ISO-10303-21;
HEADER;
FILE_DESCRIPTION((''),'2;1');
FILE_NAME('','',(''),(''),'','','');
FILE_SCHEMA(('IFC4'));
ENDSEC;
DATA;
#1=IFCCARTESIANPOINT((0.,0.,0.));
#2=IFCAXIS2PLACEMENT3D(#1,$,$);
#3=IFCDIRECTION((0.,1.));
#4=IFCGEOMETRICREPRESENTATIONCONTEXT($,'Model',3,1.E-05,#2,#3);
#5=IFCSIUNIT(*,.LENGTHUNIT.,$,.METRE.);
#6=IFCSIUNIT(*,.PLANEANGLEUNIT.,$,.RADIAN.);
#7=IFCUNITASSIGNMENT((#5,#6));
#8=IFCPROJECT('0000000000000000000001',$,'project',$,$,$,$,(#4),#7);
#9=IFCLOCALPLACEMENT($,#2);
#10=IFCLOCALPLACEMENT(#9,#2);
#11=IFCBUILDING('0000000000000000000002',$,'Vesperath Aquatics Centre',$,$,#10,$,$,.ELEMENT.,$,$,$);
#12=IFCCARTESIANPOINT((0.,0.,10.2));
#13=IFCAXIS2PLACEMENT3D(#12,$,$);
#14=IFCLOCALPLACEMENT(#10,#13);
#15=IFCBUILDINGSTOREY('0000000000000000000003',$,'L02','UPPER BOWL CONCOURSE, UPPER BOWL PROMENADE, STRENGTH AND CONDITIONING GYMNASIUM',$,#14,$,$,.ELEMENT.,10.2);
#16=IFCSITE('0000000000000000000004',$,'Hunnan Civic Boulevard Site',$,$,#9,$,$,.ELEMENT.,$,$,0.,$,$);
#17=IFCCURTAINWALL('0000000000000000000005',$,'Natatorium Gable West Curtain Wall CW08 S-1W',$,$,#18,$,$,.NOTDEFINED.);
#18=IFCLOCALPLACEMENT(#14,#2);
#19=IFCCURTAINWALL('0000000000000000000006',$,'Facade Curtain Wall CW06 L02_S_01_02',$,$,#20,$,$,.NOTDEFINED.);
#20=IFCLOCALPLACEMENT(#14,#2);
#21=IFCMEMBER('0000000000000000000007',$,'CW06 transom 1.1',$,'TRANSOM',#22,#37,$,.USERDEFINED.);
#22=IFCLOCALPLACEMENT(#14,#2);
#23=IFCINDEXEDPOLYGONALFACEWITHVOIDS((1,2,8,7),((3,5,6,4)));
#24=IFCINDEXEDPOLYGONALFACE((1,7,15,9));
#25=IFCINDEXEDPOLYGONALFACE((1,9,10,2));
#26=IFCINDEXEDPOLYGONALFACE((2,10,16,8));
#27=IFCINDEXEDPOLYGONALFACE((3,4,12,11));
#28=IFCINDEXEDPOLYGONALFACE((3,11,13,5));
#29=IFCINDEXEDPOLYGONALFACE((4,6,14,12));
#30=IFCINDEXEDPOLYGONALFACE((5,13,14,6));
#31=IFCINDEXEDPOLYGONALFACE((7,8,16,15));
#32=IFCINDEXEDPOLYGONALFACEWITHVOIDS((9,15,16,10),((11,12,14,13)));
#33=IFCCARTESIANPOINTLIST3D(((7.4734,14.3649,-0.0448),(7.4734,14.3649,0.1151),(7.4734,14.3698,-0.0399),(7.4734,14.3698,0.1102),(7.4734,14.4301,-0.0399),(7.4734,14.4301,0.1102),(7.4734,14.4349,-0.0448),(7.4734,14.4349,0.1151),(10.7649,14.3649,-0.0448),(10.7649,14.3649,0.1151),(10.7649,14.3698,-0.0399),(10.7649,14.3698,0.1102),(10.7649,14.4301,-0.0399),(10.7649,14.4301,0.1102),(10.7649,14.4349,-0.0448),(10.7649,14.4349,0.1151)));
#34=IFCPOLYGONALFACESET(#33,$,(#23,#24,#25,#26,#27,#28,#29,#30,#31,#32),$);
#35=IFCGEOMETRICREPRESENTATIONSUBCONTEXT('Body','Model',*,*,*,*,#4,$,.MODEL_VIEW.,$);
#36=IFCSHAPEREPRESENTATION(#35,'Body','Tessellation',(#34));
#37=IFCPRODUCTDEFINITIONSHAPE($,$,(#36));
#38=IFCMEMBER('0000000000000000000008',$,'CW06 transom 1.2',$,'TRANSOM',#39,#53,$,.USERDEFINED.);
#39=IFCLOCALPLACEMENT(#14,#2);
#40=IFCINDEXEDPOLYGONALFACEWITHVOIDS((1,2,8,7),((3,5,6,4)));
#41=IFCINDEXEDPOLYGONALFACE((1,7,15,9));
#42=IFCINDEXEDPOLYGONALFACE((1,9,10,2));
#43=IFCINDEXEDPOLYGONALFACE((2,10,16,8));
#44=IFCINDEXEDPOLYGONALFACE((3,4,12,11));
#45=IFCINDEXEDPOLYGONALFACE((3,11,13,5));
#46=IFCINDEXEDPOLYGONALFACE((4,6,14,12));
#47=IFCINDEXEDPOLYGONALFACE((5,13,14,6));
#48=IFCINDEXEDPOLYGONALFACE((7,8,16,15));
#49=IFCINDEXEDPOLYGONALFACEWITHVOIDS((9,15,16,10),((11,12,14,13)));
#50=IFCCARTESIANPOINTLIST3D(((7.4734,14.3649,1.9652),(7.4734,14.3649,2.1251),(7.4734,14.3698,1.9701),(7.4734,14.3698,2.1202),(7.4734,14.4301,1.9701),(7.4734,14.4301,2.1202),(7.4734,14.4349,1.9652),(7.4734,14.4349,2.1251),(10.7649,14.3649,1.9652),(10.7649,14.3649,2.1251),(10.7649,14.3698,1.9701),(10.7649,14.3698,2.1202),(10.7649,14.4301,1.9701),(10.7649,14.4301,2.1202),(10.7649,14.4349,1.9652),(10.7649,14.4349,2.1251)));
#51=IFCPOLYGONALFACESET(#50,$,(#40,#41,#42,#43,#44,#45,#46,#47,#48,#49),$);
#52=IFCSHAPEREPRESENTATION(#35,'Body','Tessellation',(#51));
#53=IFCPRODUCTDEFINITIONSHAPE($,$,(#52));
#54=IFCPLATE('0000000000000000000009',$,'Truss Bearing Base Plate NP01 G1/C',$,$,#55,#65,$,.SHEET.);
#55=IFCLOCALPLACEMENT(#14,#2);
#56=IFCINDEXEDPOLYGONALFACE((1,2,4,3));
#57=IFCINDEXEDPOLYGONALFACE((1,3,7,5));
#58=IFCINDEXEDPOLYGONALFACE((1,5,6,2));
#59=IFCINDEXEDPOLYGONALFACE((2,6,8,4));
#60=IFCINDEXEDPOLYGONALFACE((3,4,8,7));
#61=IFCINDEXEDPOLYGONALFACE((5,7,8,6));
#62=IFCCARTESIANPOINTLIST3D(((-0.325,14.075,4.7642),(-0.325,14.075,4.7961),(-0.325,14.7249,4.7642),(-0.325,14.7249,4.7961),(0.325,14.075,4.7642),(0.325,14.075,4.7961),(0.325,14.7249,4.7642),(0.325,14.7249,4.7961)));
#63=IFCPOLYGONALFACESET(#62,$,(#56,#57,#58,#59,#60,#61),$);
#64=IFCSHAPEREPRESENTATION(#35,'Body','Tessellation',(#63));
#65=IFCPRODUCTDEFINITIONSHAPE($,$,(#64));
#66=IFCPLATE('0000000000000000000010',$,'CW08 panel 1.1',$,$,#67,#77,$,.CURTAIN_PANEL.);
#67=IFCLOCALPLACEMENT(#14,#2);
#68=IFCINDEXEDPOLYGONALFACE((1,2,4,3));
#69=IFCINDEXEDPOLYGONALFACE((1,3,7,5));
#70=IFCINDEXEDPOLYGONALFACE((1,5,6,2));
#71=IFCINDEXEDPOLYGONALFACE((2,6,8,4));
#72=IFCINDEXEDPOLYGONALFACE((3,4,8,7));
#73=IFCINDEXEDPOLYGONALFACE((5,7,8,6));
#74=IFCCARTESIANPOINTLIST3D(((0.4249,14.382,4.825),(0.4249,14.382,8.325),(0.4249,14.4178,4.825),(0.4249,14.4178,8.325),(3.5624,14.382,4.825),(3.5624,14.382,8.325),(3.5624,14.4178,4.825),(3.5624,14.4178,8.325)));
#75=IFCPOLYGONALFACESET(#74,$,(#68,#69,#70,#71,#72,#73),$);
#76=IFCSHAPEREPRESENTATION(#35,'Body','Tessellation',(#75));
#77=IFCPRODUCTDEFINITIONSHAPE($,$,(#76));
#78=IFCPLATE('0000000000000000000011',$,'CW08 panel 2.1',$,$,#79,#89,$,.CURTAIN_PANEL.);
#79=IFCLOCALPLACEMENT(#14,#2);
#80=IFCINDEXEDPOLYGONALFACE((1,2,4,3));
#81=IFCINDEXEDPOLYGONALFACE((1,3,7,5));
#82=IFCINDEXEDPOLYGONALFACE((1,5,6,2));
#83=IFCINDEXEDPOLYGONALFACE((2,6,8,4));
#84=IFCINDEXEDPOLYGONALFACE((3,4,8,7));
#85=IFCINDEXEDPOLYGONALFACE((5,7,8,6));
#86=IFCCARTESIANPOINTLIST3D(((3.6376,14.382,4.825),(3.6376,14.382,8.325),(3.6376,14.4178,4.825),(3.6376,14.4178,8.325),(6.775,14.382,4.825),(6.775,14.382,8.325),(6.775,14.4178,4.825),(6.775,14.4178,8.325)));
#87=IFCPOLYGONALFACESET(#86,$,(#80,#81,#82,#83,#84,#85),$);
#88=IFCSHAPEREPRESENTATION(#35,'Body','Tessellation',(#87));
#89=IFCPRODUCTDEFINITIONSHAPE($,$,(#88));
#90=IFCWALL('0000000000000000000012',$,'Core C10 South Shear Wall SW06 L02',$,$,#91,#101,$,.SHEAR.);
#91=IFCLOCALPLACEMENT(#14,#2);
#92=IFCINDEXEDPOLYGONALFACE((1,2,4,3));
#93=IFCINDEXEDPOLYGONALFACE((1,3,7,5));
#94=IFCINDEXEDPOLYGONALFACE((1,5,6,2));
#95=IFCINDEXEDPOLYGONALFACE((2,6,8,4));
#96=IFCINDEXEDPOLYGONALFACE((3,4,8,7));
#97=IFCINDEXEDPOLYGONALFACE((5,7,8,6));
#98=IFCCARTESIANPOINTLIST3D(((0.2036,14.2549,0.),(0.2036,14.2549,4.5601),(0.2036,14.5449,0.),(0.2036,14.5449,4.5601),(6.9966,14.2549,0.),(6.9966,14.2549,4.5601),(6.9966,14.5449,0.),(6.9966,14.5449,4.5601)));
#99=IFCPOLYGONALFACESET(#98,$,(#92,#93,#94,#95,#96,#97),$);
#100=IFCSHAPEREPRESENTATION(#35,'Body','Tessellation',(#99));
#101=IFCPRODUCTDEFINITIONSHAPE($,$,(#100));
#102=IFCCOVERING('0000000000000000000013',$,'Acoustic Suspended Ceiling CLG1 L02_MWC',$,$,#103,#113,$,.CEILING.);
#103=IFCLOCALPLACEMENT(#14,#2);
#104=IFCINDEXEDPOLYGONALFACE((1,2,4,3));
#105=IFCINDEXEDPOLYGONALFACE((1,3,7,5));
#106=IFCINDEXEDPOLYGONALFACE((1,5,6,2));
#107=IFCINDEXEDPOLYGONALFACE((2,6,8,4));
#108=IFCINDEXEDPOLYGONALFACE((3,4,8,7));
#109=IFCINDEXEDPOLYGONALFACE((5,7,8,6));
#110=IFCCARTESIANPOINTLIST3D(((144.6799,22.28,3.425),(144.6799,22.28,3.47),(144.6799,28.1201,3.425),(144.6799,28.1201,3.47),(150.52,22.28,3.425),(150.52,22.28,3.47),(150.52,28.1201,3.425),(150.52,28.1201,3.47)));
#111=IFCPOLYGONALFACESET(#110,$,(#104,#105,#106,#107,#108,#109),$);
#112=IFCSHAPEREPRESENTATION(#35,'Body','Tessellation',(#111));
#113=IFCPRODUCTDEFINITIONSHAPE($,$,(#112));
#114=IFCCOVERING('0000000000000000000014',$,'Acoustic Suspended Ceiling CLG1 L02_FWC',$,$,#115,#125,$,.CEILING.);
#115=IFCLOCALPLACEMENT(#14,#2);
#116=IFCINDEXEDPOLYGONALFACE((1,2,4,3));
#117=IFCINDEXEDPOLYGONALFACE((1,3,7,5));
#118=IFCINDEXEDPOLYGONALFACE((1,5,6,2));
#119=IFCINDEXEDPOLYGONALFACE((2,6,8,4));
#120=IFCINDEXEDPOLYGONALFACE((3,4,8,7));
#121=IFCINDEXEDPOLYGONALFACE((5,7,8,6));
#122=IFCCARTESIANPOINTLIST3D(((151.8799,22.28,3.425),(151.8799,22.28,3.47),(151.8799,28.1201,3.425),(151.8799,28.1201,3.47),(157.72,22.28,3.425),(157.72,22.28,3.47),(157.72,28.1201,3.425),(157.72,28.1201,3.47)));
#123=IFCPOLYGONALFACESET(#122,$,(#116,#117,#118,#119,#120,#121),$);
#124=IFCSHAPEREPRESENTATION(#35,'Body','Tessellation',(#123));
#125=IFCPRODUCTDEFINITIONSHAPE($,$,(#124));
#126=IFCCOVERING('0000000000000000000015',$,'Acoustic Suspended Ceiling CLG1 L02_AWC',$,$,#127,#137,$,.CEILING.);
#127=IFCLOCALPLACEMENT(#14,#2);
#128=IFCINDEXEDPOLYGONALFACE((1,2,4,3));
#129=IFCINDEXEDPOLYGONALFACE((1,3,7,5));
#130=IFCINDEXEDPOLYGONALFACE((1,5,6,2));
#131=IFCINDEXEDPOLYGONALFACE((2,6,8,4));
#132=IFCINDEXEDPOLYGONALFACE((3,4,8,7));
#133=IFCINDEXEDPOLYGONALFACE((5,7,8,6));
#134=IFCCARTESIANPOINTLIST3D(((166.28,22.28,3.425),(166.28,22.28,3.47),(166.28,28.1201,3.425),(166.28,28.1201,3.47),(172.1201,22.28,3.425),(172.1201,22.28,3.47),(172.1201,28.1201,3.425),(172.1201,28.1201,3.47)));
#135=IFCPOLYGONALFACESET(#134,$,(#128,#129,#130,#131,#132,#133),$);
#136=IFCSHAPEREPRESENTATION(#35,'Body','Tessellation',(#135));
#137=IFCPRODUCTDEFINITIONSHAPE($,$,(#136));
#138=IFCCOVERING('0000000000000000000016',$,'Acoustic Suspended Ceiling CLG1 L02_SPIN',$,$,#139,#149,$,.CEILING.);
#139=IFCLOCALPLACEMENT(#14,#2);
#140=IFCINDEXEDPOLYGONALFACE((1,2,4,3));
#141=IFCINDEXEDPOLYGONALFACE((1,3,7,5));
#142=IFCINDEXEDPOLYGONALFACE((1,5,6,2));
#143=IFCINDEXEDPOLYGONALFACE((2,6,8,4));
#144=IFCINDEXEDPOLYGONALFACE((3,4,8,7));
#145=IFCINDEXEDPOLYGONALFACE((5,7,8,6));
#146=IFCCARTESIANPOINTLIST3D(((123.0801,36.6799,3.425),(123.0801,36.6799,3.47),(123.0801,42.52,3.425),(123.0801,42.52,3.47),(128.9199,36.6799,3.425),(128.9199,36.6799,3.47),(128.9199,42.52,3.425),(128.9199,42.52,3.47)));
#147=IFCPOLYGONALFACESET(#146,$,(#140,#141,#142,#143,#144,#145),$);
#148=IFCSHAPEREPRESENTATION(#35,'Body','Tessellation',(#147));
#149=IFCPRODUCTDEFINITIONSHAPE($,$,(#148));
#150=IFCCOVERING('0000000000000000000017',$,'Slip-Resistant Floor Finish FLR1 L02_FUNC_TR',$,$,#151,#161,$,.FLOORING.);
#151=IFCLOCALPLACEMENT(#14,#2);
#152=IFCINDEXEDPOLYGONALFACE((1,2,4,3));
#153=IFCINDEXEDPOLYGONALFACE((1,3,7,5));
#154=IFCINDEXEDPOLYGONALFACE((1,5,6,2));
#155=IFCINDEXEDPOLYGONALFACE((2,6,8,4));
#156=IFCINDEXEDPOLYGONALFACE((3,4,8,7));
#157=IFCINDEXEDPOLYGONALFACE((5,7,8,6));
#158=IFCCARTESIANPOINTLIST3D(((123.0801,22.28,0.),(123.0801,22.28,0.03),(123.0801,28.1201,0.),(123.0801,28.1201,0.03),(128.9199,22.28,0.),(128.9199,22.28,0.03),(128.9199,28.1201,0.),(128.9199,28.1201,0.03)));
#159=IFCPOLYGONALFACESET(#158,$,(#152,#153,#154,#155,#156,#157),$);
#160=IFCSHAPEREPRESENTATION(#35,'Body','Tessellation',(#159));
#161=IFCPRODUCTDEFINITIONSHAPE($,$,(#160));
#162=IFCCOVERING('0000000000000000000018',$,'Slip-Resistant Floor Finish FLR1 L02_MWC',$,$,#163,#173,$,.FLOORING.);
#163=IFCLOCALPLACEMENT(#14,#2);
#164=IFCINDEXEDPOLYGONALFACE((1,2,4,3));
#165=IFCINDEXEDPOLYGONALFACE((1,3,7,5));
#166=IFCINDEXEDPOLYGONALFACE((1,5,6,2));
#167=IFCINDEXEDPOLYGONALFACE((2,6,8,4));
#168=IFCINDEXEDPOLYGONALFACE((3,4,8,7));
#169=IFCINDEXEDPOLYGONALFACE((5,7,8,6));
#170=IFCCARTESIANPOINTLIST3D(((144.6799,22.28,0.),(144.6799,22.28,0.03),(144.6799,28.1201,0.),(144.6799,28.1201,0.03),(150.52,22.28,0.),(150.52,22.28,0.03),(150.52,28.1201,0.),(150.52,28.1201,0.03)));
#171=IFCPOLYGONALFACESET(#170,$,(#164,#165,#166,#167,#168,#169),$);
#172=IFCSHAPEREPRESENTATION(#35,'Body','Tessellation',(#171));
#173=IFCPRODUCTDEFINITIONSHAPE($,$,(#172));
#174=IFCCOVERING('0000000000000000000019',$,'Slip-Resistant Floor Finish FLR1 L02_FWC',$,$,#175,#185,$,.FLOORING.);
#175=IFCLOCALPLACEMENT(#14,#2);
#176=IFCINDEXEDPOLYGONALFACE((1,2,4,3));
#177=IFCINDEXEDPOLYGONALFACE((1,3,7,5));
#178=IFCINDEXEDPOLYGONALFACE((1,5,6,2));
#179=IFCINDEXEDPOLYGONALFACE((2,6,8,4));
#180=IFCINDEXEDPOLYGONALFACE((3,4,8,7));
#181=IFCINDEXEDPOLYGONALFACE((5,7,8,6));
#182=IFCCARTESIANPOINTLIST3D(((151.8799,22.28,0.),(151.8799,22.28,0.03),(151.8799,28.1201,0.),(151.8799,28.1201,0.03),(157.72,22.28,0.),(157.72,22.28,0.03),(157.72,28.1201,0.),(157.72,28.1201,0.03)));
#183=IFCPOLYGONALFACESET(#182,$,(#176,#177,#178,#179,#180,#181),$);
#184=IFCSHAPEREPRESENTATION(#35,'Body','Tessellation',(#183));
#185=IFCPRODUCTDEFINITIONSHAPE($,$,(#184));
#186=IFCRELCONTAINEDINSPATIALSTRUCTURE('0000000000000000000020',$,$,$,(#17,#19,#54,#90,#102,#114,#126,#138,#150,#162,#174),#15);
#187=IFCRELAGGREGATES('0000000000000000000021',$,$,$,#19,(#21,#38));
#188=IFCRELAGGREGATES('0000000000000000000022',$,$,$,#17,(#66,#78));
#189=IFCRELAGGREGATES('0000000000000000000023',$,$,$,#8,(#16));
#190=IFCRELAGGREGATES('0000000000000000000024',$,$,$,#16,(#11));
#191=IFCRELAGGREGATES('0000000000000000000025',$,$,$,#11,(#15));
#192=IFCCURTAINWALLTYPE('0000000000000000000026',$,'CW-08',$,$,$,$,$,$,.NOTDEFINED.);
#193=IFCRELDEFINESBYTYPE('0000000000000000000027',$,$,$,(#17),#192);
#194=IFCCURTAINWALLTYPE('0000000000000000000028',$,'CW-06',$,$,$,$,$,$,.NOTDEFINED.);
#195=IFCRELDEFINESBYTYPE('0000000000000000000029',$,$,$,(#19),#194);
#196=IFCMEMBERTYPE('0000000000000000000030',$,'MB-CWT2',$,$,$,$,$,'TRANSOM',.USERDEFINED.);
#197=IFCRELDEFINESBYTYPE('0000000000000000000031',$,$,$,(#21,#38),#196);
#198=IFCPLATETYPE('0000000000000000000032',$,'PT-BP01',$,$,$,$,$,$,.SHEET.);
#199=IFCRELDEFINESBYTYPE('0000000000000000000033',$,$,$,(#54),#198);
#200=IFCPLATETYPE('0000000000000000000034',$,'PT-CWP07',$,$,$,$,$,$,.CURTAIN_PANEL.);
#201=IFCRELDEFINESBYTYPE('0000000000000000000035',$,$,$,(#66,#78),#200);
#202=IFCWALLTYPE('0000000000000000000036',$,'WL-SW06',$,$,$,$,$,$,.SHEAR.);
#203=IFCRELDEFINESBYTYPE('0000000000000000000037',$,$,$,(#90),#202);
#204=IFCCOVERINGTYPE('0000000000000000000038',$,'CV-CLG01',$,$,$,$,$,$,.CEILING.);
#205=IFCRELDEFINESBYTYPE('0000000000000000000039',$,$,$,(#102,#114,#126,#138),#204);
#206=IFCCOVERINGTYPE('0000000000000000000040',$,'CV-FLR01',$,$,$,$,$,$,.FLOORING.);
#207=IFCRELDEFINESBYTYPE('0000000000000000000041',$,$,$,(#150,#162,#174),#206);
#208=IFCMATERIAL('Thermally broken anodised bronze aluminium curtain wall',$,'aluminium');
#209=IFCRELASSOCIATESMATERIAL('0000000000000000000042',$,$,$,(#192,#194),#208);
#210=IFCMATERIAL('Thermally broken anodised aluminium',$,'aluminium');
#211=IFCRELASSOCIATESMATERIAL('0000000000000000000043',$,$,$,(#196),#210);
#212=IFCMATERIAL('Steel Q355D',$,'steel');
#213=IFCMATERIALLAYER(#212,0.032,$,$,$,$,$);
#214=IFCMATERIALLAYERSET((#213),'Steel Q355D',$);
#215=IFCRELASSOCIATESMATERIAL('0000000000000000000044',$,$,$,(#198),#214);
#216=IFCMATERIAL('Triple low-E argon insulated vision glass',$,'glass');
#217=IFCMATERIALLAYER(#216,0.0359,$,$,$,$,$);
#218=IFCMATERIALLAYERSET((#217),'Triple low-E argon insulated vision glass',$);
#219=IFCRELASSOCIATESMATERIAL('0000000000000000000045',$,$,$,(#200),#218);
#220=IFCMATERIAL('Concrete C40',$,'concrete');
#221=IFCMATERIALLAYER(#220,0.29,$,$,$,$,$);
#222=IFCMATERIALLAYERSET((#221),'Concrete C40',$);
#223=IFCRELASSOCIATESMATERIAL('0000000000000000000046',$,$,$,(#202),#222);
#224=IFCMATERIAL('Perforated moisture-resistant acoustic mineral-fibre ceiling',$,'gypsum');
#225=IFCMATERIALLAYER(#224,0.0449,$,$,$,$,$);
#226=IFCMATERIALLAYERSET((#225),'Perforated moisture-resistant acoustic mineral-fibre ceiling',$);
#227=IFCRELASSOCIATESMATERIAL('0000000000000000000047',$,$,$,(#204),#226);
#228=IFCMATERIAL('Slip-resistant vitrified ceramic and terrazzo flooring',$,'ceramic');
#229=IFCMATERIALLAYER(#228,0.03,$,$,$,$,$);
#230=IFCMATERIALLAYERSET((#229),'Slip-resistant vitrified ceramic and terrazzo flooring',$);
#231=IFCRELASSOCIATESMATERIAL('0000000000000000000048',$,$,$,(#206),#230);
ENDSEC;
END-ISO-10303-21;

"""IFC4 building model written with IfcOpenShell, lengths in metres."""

from ifc_helpers import new_model, si_unit, direction, frame, frame_2d, origin, origin_2d, place, context, subcontext, project, spatial, polyline, rectangle, hollow_rectangle, outline, extrude, material, layer, layer_set, material_profile, profile_set, type_object, element, aggregate, save


model = new_model("IFC4")

# Units and contexts
model_context = context("Model", 3, precision=1e-05, world=origin(), true_north=direction((0.0, 1.0)))
body_context = subcontext(model_context, "Body", "Model", "MODEL_VIEW")
ifc_project = project(units=[si_unit("LENGTHUNIT", "METRE"), si_unit("PLANEANGLEUNIT", "RADIAN")], contexts=[model_context])

# Site, building, storey
site_placement = place(None, origin())
site = spatial("IfcSite", under=ifc_project, at=site_placement, Name="Hunnan Civic Boulevard Site", CompositionType="ELEMENT", RefElevation=0.0)
building_placement = place(site_placement, origin())
building = spatial("IfcBuilding", under=site, at=building_placement, Name="Vesperath Aquatics Centre", CompositionType="ELEMENT")
storey_placement = place(building_placement, frame((0.0, 0.0, 10.2)))
storey = spatial("IfcBuildingStorey", under=building, at=storey_placement, Name="L02", Description="UPPER BOWL CONCOURSE, UPPER BOWL PROMENADE, STRENGTH AND CONDITIONING GYMNASIUM", CompositionType="ELEMENT", Elevation=10.2)

# Shared definitions
ifc_material_1 = material(Name="Steel Q355D", Category="steel")

# Curtain wall
ifc_material_2 = material(Name="Thermally broken anodised bronze aluminium curtain wall", Category="aluminium")
curtain_wall_type_1 = type_object("IfcCurtainWallType", Name="CW-08", PredefinedType="NOTDEFINED", material=ifc_material_2)
curtain_wall_1_placement = place(storey_placement, origin())
curtain_wall_1 = element("IfcCurtainWall", 1, at=curtain_wall_1_placement, inside=storey, type_object=curtain_wall_type_1, Name="Natatorium Gable West Curtain Wall CW08 S-1W", PredefinedType="NOTDEFINED")
ifc_material_3 = material(Name="Thermally broken anodised aluminium", Category="aluminium")

# Curtain wall
curtain_wall_type_2 = type_object("IfcCurtainWallType", Name="CW-06", PredefinedType="NOTDEFINED", material=ifc_material_2)
curtain_wall_2_placement = place(storey_placement, origin())
curtain_wall_2 = element("IfcCurtainWall", 2, at=curtain_wall_2_placement, inside=storey, type_object=curtain_wall_type_2, Name="Facade Curtain Wall CW06 L02_S_01_02", PredefinedType="NOTDEFINED")

# Members
ifc_material_profile_1 = material_profile(ifc_material_3, hollow_rectangle(XDim=0.0701, YDim=0.1599, WallThickness=0.0049, at=origin_2d()), Name="CWT 70x160x5")
ifc_profile_set_1 = profile_set([ifc_material_profile_1], Name="Thermally broken anodised aluminium")
member_type_1 = type_object("IfcMemberType", Name="MB-CWT2", ElementType="TRANSOM", PredefinedType="USERDEFINED", material=ifc_profile_set_1)
member_1_placement = place(storey_placement, frame((7.4734, 14.3999, 0.0352), z_axis=(1.0, 0.0, 0.0), x_axis=(0.0, 1.0, 0.0)))
member_1 = element("IfcMember", 3, at=member_1_placement, type_object=member_type_1, Name="CW06 transom 1.1", ObjectType="TRANSOM", PredefinedType="USERDEFINED", context=body_context, shape_type="SweptSolid", body=[
    extrude(hollow_rectangle(XDim=0.0701, YDim=0.1599, WallThickness=0.0049, at=origin_2d()), origin(), (0.0, 0.0, 1.0), 3.2915),
])
member_2_placement = place(storey_placement, frame((7.4734, 14.3999, 2.0452), z_axis=(1.0, 0.0, 0.0), x_axis=(0.0, 1.0, 0.0)))
member_2 = element("IfcMember", 4, at=member_2_placement, type_object=member_type_1, Name="CW06 transom 1.2", ObjectType="TRANSOM", PredefinedType="USERDEFINED", context=body_context, shape_type="SweptSolid", body=[
    extrude(hollow_rectangle(XDim=0.0701, YDim=0.1599, WallThickness=0.0049, at=origin_2d()), origin(), (0.0, 0.0, 1.0), 3.2915),
])
aggregate(curtain_wall_2, [member_1, member_2])

# Plates
ifc_layer_1 = layer(ifc_material_1, 0.032)
ifc_layer_set_1 = layer_set([ifc_layer_1], Name="Steel Q355D")
plate_type_1 = type_object("IfcPlateType", Name="PT-BP01", PredefinedType="SHEET", material=ifc_layer_set_1)
plate_1_placement = place(storey_placement, frame((0.0, 14.3999, 4.7642), z_axis=(0.0, 0.0, 1.0), x_axis=(1.0, 0.0, 0.0)))
element("IfcPlate", 5, at=plate_1_placement, inside=storey, type_object=plate_type_1, Name="Truss Bearing Base Plate NP01 G1/C", PredefinedType="SHEET", context=body_context, shape_type="SweptSolid", body=[
    extrude(rectangle(XDim=0.6499, YDim=0.6499, at=origin_2d()), origin(), (0.0, 0.0, 1.0), 0.032),
])
ifc_material_4 = material(Name="Triple low-E argon insulated vision glass", Category="glass")
ifc_layer_2 = layer(ifc_material_4, 0.0359)
ifc_layer_set_2 = layer_set([ifc_layer_2], Name="Triple low-E argon insulated vision glass")
plate_type_2 = type_object("IfcPlateType", Name="PT-CWP07", PredefinedType="CURTAIN_PANEL", material=ifc_layer_set_2)
plate_2_placement = place(storey_placement, frame((1.9937, 14.3999, 4.825), z_axis=(0.0, 0.0, 1.0), x_axis=(1.0, 0.0, 0.0)))
plate_2 = element("IfcPlate", 6, at=plate_2_placement, type_object=plate_type_2, Name="CW08 panel 1.1", PredefinedType="CURTAIN_PANEL", context=body_context, shape_type="SweptSolid", body=[
    extrude(rectangle(XDim=3.1375, YDim=0.0359, at=origin_2d()), origin(), (0.0, 0.0, 1.0), 3.5),
])
plate_3_placement = place(storey_placement, frame((5.2063, 14.3999, 4.825), z_axis=(0.0, 0.0, 1.0), x_axis=(1.0, 0.0, 0.0)))
plate_3 = element("IfcPlate", 7, at=plate_3_placement, type_object=plate_type_2, Name="CW08 panel 2.1", PredefinedType="CURTAIN_PANEL", context=body_context, shape_type="SweptSolid", body=[
    extrude(rectangle(XDim=3.1375, YDim=0.0359, at=origin_2d()), origin(), (0.0, 0.0, 1.0), 3.5),
])
aggregate(curtain_wall_1, [plate_2, plate_3])

# Wall
ifc_material_5 = material(Name="Concrete C40", Category="concrete")
ifc_layer_3 = layer(ifc_material_5, 0.29)
ifc_layer_set_3 = layer_set([ifc_layer_3], Name="Concrete C40")
wall_type = type_object("IfcWallType", Name="WL-SW06", PredefinedType="SHEAR", material=ifc_layer_set_3)
wall_placement = place(storey_placement, frame((0.2036, 14.3999, 0.0), z_axis=(0.0, 0.0, 1.0), x_axis=(1.0, 0.0, 0.0)))
element("IfcWall", 8, at=wall_placement, inside=storey, type_object=wall_type, Name="Core C10 South Shear Wall SW06 L02", PredefinedType="SHEAR", context=body_context, shape_type="SweptSolid", body=[
    extrude(rectangle(XDim=6.793, YDim=0.29, at=frame_2d((3.3965, 0.0))), origin(), (0.0, 0.0, 1.0), 4.5601),
])

# Coverings
ifc_material_6 = material(Name="Perforated moisture-resistant acoustic mineral-fibre ceiling", Category="gypsum")
ifc_layer_4 = layer(ifc_material_6, 0.0449)
ifc_layer_set_4 = layer_set([ifc_layer_4], Name="Perforated moisture-resistant acoustic mineral-fibre ceiling")
covering_type_1 = type_object("IfcCoveringType", Name="CV-CLG01", PredefinedType="CEILING", material=ifc_layer_set_4)
covering_1_placement = place(storey_placement, frame((0.0, 0.0, 3.425)))
element("IfcCovering", 9, at=covering_1_placement, inside=storey, type_object=covering_type_1, Name="Acoustic Suspended Ceiling CLG1 L02_MWC", PredefinedType="CEILING", context=body_context, shape_type="SweptSolid", body=[
    extrude(outline(polyline([(144.6799, 22.28), (150.52, 22.28), (150.52, 28.1201), (144.6799, 28.1201), (144.6799, 22.28)])), origin(), (0.0, 0.0, 1.0), 0.0449),
])
covering_2_placement = place(storey_placement, frame((0.0, 0.0, 3.425)))
element("IfcCovering", 10, at=covering_2_placement, inside=storey, type_object=covering_type_1, Name="Acoustic Suspended Ceiling CLG1 L02_FWC", PredefinedType="CEILING", context=body_context, shape_type="SweptSolid", body=[
    extrude(outline(polyline([(151.8799, 22.28), (157.72, 22.28), (157.72, 28.1201), (151.8799, 28.1201), (151.8799, 22.28)])), origin(), (0.0, 0.0, 1.0), 0.0449),
])
covering_3_placement = place(storey_placement, frame((0.0, 0.0, 3.425)))
element("IfcCovering", 11, at=covering_3_placement, inside=storey, type_object=covering_type_1, Name="Acoustic Suspended Ceiling CLG1 L02_AWC", PredefinedType="CEILING", context=body_context, shape_type="SweptSolid", body=[
    extrude(outline(polyline([(166.28, 22.28), (172.1201, 22.28), (172.1201, 28.1201), (166.28, 28.1201), (166.28, 22.28)])), origin(), (0.0, 0.0, 1.0), 0.0449),
])
covering_4_placement = place(storey_placement, frame((0.0, 0.0, 3.425)))
element("IfcCovering", 12, at=covering_4_placement, inside=storey, type_object=covering_type_1, Name="Acoustic Suspended Ceiling CLG1 L02_SPIN", PredefinedType="CEILING", context=body_context, shape_type="SweptSolid", body=[
    extrude(outline(polyline([(123.0801, 36.6799), (128.9199, 36.6799), (128.9199, 42.52), (123.0801, 42.52), (123.0801, 36.6799)])), origin(), (0.0, 0.0, 1.0), 0.0449),
])
ifc_material_7 = material(Name="Slip-resistant vitrified ceramic and terrazzo flooring", Category="ceramic")
ifc_layer_5 = layer(ifc_material_7, 0.03)
ifc_layer_set_5 = layer_set([ifc_layer_5], Name="Slip-resistant vitrified ceramic and terrazzo flooring")
covering_type_2 = type_object("IfcCoveringType", Name="CV-FLR01", PredefinedType="FLOORING", material=ifc_layer_set_5)
covering_5_placement = place(storey_placement, origin())
element("IfcCovering", 13, at=covering_5_placement, inside=storey, type_object=covering_type_2, Name="Slip-Resistant Floor Finish FLR1 L02_FUNC_TR", PredefinedType="FLOORING", context=body_context, shape_type="SweptSolid", body=[
    extrude(outline(polyline([(123.0801, 22.28), (128.9199, 22.28), (128.9199, 28.1201), (123.0801, 28.1201), (123.0801, 22.28)])), origin(), (0.0, 0.0, 1.0), 0.03),
])
covering_6_placement = place(storey_placement, origin())
element("IfcCovering", 14, at=covering_6_placement, inside=storey, type_object=covering_type_2, Name="Slip-Resistant Floor Finish FLR1 L02_MWC", PredefinedType="FLOORING", context=body_context, shape_type="SweptSolid", body=[
    extrude(outline(polyline([(144.6799, 22.28), (150.52, 22.28), (150.52, 28.1201), (144.6799, 28.1201), (144.6799, 22.28)])), origin(), (0.0, 0.0, 1.0), 0.03),
])
covering_7_placement = place(storey_placement, origin())
element("IfcCovering", 15, at=covering_7_placement, inside=storey, type_object=covering_type_2, Name="Slip-Resistant Floor Finish FLR1 L02_FWC", PredefinedType="FLOORING", context=body_context, shape_type="SweptSolid", body=[
    extrude(outline(polyline([(151.8799, 22.28), (157.72, 22.28), (157.72, 28.1201), (151.8799, 28.1201), (151.8799, 22.28)])), origin(), (0.0, 0.0, 1.0), 0.03),
])

save(model, "model.ifc")
